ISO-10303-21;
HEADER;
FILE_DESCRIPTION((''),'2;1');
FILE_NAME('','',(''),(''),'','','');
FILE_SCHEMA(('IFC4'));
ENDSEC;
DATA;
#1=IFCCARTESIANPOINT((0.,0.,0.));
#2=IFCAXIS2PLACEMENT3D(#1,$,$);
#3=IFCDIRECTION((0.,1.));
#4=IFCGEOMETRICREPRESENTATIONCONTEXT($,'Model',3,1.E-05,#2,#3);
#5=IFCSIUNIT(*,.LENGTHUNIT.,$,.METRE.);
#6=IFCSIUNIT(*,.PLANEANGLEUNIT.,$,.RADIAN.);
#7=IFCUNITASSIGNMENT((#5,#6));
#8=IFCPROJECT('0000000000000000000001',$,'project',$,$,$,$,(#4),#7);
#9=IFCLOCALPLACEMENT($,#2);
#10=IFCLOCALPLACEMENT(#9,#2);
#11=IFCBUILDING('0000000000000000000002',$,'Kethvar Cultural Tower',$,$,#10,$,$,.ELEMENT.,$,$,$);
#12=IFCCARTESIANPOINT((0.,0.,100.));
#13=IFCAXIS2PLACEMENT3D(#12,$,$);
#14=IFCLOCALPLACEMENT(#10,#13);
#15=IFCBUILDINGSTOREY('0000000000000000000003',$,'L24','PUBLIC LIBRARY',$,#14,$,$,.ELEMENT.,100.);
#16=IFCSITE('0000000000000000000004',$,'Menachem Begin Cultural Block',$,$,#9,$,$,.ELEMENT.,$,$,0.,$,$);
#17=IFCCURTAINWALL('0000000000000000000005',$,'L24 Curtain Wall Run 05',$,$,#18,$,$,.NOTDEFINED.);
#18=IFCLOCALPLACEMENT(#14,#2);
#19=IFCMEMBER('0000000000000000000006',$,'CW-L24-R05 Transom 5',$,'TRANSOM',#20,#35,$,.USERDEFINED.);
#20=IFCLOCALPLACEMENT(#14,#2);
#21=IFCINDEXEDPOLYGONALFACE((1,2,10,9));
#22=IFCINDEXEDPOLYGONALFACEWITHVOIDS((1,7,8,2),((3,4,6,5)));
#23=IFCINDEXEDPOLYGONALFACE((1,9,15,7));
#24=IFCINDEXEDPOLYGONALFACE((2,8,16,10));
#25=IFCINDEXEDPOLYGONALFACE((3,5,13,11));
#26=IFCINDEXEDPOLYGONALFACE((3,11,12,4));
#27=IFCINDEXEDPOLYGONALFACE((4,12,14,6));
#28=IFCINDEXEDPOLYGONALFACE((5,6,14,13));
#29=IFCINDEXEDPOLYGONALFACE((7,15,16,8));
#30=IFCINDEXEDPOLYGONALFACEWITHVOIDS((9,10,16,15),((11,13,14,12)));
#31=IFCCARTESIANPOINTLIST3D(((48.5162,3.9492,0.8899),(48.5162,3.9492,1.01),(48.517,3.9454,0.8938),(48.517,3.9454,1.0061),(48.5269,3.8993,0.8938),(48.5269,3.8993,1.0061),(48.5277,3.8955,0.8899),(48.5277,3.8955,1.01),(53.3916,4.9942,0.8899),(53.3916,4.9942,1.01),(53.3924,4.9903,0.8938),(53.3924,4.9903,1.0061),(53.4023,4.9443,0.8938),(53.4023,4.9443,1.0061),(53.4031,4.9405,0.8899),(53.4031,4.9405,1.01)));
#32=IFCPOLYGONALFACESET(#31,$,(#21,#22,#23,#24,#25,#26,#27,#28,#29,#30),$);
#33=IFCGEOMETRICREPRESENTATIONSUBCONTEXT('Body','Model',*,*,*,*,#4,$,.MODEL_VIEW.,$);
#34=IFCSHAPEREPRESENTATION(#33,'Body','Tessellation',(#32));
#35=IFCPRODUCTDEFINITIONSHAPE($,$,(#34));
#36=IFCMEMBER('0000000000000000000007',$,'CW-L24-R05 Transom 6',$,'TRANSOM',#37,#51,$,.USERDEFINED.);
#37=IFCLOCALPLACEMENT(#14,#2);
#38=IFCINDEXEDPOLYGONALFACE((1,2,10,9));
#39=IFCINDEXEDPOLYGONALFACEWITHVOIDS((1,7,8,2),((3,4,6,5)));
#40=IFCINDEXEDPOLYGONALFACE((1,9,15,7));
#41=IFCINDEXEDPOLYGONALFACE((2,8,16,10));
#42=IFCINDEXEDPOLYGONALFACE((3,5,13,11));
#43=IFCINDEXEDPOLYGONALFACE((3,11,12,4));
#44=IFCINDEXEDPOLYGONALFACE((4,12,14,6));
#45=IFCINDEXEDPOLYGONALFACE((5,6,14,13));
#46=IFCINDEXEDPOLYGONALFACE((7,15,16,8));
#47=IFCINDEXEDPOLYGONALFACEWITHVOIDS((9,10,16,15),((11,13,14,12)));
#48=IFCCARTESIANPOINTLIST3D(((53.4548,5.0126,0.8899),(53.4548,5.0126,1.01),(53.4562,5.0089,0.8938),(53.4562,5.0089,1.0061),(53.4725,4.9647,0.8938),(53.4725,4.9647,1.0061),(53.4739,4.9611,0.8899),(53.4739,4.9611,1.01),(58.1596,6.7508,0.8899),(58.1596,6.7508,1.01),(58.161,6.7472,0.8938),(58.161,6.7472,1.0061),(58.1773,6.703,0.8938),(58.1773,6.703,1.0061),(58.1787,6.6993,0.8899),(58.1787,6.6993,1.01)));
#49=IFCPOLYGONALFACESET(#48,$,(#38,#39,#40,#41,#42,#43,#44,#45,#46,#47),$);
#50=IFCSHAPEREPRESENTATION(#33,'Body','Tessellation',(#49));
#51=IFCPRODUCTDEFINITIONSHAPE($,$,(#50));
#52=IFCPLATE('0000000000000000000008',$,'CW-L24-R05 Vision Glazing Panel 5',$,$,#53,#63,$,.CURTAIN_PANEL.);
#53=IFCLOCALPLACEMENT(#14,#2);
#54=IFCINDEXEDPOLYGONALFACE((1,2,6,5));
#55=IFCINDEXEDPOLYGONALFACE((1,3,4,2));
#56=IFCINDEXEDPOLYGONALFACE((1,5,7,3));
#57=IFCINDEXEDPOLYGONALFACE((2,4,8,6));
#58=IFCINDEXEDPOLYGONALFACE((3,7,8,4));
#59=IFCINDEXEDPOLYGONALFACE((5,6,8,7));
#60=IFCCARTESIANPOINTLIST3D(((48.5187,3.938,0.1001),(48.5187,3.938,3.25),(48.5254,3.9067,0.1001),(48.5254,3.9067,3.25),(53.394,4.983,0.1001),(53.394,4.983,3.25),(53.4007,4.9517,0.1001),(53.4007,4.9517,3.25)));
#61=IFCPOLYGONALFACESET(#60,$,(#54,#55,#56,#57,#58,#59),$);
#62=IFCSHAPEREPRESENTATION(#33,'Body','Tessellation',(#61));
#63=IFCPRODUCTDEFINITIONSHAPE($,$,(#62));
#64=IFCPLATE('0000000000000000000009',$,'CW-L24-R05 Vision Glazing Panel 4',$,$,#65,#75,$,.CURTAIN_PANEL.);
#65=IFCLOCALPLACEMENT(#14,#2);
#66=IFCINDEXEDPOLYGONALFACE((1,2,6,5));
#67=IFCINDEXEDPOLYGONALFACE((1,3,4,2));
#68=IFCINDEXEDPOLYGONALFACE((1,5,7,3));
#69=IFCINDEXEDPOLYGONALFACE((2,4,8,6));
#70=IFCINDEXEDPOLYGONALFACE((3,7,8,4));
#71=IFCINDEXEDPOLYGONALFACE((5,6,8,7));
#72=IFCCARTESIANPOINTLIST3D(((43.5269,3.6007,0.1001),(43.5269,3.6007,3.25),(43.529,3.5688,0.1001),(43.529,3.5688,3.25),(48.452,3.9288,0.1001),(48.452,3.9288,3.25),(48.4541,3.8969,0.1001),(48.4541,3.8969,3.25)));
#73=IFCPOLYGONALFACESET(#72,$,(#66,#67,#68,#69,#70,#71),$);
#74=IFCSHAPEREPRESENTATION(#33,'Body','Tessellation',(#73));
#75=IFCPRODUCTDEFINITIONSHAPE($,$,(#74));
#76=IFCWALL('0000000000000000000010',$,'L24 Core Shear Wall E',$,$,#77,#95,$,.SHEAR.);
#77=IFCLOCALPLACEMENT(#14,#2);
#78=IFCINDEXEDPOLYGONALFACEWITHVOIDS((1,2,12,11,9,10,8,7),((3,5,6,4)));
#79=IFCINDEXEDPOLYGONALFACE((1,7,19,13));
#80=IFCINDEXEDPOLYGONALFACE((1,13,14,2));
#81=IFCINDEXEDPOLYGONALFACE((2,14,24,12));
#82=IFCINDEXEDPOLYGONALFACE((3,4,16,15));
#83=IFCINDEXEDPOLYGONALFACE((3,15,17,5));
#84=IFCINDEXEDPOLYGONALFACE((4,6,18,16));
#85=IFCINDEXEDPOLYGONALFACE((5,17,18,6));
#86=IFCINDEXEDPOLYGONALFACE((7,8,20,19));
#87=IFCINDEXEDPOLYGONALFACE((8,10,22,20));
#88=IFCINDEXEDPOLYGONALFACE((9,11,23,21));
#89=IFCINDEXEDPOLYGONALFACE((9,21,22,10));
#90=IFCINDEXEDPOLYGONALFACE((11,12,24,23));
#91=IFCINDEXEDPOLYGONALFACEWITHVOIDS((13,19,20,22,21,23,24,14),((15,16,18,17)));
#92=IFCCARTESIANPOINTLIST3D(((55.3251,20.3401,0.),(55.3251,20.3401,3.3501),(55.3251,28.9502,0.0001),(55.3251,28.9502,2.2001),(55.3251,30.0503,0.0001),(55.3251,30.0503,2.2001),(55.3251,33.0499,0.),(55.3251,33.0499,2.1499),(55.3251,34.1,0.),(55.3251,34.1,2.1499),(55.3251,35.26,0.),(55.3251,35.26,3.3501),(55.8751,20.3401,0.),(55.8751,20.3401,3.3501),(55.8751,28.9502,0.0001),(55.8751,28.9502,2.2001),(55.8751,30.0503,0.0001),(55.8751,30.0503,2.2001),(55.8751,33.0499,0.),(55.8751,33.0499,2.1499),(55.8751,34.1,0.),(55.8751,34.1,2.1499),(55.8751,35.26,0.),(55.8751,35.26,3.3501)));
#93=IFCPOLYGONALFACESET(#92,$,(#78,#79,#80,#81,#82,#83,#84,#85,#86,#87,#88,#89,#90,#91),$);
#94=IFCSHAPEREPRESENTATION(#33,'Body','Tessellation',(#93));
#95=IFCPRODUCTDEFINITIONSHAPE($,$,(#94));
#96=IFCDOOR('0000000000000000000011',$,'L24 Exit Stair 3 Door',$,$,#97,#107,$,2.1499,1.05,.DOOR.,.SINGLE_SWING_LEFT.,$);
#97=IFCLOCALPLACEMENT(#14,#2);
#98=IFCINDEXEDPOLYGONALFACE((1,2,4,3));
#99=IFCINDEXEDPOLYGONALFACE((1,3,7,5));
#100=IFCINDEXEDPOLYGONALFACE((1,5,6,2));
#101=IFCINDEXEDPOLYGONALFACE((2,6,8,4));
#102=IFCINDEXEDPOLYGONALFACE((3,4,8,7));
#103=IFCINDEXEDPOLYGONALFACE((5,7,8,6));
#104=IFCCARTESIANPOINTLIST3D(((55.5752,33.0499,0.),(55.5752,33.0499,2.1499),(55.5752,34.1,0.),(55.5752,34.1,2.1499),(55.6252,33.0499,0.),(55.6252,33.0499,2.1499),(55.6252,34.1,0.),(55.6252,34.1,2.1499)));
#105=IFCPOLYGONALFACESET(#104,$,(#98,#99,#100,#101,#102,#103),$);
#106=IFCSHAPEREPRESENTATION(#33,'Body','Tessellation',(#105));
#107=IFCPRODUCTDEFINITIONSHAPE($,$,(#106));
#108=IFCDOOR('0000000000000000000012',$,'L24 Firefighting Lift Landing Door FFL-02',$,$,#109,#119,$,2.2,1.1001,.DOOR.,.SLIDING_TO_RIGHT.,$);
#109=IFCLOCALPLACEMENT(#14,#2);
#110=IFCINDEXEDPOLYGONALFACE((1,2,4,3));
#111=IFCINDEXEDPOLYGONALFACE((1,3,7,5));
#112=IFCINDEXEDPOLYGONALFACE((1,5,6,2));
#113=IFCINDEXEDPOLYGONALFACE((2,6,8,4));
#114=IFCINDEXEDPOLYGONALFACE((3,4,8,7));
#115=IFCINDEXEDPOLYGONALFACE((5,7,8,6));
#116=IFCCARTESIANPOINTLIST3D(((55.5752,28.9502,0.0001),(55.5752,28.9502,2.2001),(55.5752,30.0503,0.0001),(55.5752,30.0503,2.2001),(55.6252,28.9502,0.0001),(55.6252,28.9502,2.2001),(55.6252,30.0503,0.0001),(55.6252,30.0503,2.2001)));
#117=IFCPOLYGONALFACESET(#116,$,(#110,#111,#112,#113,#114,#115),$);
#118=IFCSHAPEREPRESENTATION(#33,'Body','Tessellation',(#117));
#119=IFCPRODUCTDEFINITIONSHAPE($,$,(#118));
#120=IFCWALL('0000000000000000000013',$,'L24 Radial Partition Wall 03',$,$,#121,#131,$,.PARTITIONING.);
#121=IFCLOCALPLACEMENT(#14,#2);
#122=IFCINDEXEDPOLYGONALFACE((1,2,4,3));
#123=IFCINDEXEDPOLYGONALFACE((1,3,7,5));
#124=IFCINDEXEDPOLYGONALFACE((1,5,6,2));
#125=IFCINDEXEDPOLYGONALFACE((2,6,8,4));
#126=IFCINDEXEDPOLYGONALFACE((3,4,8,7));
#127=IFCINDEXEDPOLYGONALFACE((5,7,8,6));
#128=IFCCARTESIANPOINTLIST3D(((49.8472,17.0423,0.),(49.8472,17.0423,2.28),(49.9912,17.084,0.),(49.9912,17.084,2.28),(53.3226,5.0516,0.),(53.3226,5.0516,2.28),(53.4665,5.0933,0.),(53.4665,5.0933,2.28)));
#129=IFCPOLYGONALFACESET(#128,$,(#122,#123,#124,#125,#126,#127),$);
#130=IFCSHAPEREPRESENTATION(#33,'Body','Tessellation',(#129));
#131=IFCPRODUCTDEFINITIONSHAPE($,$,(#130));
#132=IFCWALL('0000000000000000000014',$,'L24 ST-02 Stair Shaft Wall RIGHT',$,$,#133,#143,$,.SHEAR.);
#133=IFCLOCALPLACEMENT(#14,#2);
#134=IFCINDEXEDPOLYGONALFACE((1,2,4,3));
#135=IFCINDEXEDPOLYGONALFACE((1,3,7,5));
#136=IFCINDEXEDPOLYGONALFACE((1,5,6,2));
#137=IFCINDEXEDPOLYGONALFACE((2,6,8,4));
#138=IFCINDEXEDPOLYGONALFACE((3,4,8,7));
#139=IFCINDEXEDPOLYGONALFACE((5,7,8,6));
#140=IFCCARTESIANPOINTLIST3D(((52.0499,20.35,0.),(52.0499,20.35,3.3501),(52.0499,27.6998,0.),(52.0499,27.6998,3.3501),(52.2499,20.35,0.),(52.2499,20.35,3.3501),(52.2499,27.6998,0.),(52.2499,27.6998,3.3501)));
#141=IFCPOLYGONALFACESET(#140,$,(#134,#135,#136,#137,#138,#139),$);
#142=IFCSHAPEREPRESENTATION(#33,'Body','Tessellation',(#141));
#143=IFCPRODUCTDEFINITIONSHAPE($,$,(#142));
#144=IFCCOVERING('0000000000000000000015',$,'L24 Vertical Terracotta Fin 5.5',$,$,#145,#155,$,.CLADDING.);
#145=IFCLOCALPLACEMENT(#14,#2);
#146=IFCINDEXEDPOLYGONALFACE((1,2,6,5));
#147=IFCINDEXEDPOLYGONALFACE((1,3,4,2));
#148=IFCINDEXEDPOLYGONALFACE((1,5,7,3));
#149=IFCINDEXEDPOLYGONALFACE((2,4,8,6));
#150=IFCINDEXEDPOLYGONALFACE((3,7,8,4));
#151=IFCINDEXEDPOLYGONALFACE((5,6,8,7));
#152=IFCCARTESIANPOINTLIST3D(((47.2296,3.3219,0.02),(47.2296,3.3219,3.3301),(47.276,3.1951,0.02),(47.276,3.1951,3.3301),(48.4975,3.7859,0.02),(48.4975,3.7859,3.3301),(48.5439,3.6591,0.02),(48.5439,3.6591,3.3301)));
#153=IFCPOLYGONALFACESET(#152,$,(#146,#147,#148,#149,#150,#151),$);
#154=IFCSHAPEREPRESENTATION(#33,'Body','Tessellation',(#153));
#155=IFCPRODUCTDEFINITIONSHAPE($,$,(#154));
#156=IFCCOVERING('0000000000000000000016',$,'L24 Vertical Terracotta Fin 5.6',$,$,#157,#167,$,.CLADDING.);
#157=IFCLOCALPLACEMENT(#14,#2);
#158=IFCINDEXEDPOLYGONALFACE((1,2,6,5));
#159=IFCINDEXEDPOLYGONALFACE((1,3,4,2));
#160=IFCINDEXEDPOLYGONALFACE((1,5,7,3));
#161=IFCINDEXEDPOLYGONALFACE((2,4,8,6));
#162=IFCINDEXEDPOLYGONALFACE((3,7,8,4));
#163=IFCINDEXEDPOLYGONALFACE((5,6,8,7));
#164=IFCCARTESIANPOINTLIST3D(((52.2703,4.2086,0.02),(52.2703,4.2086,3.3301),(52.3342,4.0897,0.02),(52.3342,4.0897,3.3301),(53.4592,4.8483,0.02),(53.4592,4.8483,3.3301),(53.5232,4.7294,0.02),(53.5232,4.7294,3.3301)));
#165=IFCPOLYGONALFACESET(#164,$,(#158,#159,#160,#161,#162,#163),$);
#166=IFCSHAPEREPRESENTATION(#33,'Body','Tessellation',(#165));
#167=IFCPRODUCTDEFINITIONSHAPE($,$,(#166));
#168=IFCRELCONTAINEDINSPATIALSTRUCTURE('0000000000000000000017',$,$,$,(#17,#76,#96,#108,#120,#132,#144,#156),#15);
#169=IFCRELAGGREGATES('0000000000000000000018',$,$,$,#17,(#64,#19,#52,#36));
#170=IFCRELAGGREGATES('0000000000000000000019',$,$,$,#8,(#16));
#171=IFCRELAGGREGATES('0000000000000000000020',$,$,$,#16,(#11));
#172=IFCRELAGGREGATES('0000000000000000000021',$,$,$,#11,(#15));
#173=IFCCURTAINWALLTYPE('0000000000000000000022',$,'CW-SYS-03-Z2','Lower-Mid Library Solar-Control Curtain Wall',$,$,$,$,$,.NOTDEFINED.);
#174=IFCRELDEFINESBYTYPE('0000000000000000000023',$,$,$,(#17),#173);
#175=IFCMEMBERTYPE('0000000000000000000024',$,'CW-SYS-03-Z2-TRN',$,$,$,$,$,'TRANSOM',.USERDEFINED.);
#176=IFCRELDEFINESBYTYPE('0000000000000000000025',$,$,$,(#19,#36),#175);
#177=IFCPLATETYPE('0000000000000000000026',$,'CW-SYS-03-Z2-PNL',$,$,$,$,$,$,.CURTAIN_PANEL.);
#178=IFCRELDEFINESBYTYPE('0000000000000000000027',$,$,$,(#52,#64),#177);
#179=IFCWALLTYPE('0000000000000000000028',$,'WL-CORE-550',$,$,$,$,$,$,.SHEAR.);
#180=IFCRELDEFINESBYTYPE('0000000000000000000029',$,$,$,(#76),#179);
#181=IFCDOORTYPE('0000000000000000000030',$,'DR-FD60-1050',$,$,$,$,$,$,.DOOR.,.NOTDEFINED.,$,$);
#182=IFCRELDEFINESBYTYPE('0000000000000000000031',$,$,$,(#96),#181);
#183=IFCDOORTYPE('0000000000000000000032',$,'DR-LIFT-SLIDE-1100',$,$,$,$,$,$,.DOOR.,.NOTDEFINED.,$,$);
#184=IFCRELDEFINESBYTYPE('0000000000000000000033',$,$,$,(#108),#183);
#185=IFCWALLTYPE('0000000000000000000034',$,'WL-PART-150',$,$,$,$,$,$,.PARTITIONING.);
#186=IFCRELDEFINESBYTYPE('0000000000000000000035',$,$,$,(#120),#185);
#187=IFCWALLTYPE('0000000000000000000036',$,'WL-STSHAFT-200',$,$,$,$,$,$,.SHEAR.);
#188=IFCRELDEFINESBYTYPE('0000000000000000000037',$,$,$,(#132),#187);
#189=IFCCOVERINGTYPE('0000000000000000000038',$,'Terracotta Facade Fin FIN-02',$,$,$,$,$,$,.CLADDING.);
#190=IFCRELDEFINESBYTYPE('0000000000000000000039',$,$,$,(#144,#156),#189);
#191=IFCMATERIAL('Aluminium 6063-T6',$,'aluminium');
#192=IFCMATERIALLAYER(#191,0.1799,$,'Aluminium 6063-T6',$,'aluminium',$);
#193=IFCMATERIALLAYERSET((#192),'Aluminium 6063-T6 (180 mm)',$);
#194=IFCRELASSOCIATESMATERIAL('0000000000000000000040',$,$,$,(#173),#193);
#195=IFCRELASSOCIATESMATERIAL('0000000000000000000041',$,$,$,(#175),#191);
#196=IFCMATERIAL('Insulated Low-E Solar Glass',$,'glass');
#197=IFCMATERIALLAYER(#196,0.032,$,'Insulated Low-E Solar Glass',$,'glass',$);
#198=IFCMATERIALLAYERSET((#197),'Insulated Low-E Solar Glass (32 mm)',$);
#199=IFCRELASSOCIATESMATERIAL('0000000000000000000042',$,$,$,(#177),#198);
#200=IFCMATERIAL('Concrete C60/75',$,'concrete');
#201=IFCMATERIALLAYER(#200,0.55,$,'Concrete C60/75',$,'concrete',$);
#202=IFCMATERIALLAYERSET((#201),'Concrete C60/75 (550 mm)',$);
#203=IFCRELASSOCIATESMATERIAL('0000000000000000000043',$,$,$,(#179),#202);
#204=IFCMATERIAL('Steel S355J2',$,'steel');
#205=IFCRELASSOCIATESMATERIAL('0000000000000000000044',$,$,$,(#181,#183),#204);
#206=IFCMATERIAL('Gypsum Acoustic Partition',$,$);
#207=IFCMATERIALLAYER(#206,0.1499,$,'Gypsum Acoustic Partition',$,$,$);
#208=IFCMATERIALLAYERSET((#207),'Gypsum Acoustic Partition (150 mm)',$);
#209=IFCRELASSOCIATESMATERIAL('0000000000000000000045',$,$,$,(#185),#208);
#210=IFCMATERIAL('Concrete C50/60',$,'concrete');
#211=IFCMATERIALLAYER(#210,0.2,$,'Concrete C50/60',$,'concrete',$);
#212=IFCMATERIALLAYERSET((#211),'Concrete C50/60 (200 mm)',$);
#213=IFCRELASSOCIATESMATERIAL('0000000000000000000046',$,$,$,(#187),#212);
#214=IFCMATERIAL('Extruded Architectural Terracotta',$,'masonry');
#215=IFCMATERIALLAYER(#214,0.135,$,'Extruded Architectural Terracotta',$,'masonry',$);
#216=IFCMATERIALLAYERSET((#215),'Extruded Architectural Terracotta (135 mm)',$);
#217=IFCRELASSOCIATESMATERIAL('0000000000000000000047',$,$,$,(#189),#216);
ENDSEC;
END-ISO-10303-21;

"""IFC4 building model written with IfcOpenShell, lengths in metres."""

from ifc_helpers import new_model, si_unit, direction, frame, frame_2d, origin, origin_2d, place, context, subcontext, project, spatial, rectangle, hollow_rectangle, extrude, source, transform, mapped, material, layer, layer_set, material_profile, profile_set, type_object, element, fill, aggregate, save


model = new_model("IFC4")

# Units and contexts
model_context = context("Model", 3, precision=1e-05, world=origin(), true_north=direction((0.0, 1.0)))
body_context = subcontext(model_context, "Body", "Model", "MODEL_VIEW")
ifc_project = project(units=[si_unit("LENGTHUNIT", "METRE"), si_unit("PLANEANGLEUNIT", "RADIAN")], contexts=[model_context])

# Site, building, storey
site_placement = place(None, origin())
site = spatial("IfcSite", under=ifc_project, at=site_placement, Name="Menachem Begin Cultural Block", CompositionType="ELEMENT", RefElevation=0.0)
building_placement = place(site_placement, origin())
building = spatial("IfcBuilding", under=site, at=building_placement, Name="Kethvar Cultural Tower", CompositionType="ELEMENT")
storey_placement = place(building_placement, frame((0.0, 0.0, 100.0)))
storey = spatial("IfcBuildingStorey", under=building, at=storey_placement, Name="L24", Description="PUBLIC LIBRARY", CompositionType="ELEMENT", Elevation=100.0)

# Shared definitions
ifc_material_1 = material(Name="Steel S355J2", Category="steel")

# Curtain wall, members, plates
ifc_material_2 = material(Name="Aluminium 6063-T6", Category="aluminium")
ifc_layer_1 = layer(ifc_material_2, 0.1799, Name="Aluminium 6063-T6", Category="aluminium")
ifc_layer_set_1 = layer_set([ifc_layer_1], Name="Aluminium 6063-T6 (180 mm)")
curtain_wall_type = type_object("IfcCurtainWallType", Name="CW-SYS-03-Z2", Description="Lower-Mid Library Solar-Control Curtain Wall", PredefinedType="NOTDEFINED", material=ifc_layer_set_1)
curtain_wall_placement = place(storey_placement, origin())
curtain_wall = element("IfcCurtainWall", 1, at=curtain_wall_placement, inside=storey, type_object=curtain_wall_type, Name="L24 Curtain Wall Run 05", PredefinedType="NOTDEFINED")
ifc_material_profile_1 = material_profile(ifc_material_2, hollow_rectangle(XDim=0.0549, YDim=0.1201, WallThickness=0.0039, at=origin_2d()), Name="Aluminium 6063-T6 — RHS120x55x4")
ifc_profile_set_1 = profile_set([ifc_material_profile_1], Name="Aluminium 6063-T6 — RHS120x55x4")
member_type_1 = type_object("IfcMemberType", Name="CW-SYS-03-Z2-TRN", ElementType="TRANSOM", PredefinedType="USERDEFINED", material=ifc_profile_set_1)
shared_shape_1 = source(origin(), body_context, "Body", "SweptSolid", [
    extrude(hollow_rectangle(XDim=0.0549, YDim=0.1201, WallThickness=0.0039, at=origin_2d()), origin(), (0.0, 0.0, 1.0), 4.9861),
])
member_1_placement = place(storey_placement, frame((48.522, 3.9224, 0.95), z_axis=(0.977793, 0.209573, 0.0), x_axis=(-0.209573, 0.977793, 0.0)))
member_1 = element("IfcMember", 2, at=member_1_placement, type_object=member_type_1, Name="CW-L24-R05 Transom 5", ObjectType="TRANSOM", PredefinedType="USERDEFINED", context=body_context, shape_type="MappedRepresentation", body=[
    mapped(shared_shape_1, transform((0.0, 0.0, 0.0), scale=1.0)),
])
shared_shape_2 = source(origin(), body_context, "Body", "SweptSolid", [
    extrude(hollow_rectangle(XDim=0.0549, YDim=0.1201, WallThickness=0.0039, at=origin_2d()), origin(), (0.0, 0.0, 1.0), 5.0156),
])
member_2_placement = place(storey_placement, frame((53.4644, 4.9868, 0.95), z_axis=(0.938024, 0.346569, 0.0), x_axis=(-0.346569, 0.938024, 0.0)))
member_2 = element("IfcMember", 3, at=member_2_placement, type_object=member_type_1, Name="CW-L24-R05 Transom 6", ObjectType="TRANSOM", PredefinedType="USERDEFINED", context=body_context, shape_type="MappedRepresentation", body=[
    mapped(shared_shape_2, transform((0.0, 0.0, 0.0), scale=1.0)),
])
ifc_material_3 = material(Name="Insulated Low-E Solar Glass", Category="glass")
ifc_layer_2 = layer(ifc_material_3, 0.032, Name="Insulated Low-E Solar Glass", Category="glass")
ifc_layer_set_2 = layer_set([ifc_layer_2], Name="Insulated Low-E Solar Glass (32 mm)")
plate_type = type_object("IfcPlateType", Name="CW-SYS-03-Z2-PNL", PredefinedType="CURTAIN_PANEL", material=ifc_layer_set_2)
shared_shape_3 = source(origin(), body_context, "Body", "SweptSolid", [
    extrude(rectangle(XDim=4.9861, YDim=0.032, at=origin_2d()), origin(), (0.0, 0.0, 1.0), 3.1499),
])
plate_1_placement = place(storey_placement, frame((50.9597, 4.4448, 0.1001), z_axis=(0.0, 0.0, 1.0), x_axis=(0.977791, 0.209584, 0.0)))
plate_1 = element("IfcPlate", 4, at=plate_1_placement, type_object=plate_type, Name="CW-L24-R05 Vision Glazing Panel 5", PredefinedType="CURTAIN_PANEL", context=body_context, shape_type="MappedRepresentation", body=[
    mapped(shared_shape_3, transform((0.0, 0.0, 0.0), scale=1.0)),
])
shared_shape_4 = source(origin(), body_context, "Body", "SweptSolid", [
    extrude(rectangle(XDim=4.936, YDim=0.032, at=origin_2d()), origin(), (0.0, 0.0, 1.0), 3.1499),
])
plate_2_placement = place(storey_placement, frame((45.9905, 3.7488, 0.1001), z_axis=(0.0, 0.0, 1.0), x_axis=(0.997789, 0.066465, 0.0)))
plate_2 = element("IfcPlate", 5, at=plate_2_placement, type_object=plate_type, Name="CW-L24-R05 Vision Glazing Panel 4", PredefinedType="CURTAIN_PANEL", context=body_context, shape_type="MappedRepresentation", body=[
    mapped(shared_shape_4, transform((0.0, 0.0, 0.0), scale=1.0)),
])
aggregate(curtain_wall, [plate_2, member_1, plate_1, member_2])

# Wall, openings, doors
ifc_material_4 = material(Name="Concrete C60/75", Category="concrete")
ifc_layer_3 = layer(ifc_material_4, 0.55, Name="Concrete C60/75", Category="concrete")
ifc_layer_set_3 = layer_set([ifc_layer_3], Name="Concrete C60/75 (550 mm)")
wall_type_1 = type_object("IfcWallType", Name="WL-CORE-550", PredefinedType="SHEAR", material=ifc_layer_set_3)
wall_1_placement = place(storey_placement, frame((55.6001, 20.3401, 0.0), z_axis=(0.0, 0.0, 1.0), x_axis=(0.0, 1.0, 0.0)))
wall_1 = element("IfcWall", 6, at=wall_1_placement, inside=storey, type_object=wall_type_1, Name="L24 Core Shear Wall E", PredefinedType="SHEAR", context=body_context, shape_type="SweptSolid", body=[
    extrude(rectangle(XDim=14.9199, YDim=0.55, at=frame_2d((7.46, 0.0))), origin(), (0.0, 0.0, 1.0), 3.3501),
])
opening_1_placement = place(wall_1_placement, frame((12.71, 0.0, 0.0)))
opening_1 = element("IfcOpeningElement", 7, at=opening_1_placement, cuts=wall_1, PredefinedType="OPENING", context=body_context, shape_type="SweptSolid", body=[
    extrude(rectangle(XDim=1.05, YDim=2.1499, at=frame_2d((0.5249, 1.075))), frame((0.0, 0.2849, 0.0), z_axis=(0.0, -1.0, 0.0), x_axis=(1.0, 0.0, 0.0)), (0.0, 0.0, 1.0), 0.5701),
])
opening_2_placement = place(wall_1_placement, frame((8.6101, 0.0, 0.0)))
opening_2 = element("IfcOpeningElement", 8, at=opening_2_placement, cuts=wall_1, PredefinedType="OPENING", context=body_context, shape_type="SweptSolid", body=[
    extrude(rectangle(XDim=1.1001, YDim=2.2, at=frame_2d((0.55, 1.1001))), frame((0.0, 0.2849, 0.0), z_axis=(0.0, -1.0, 0.0), x_axis=(1.0, 0.0, 0.0)), (0.0, 0.0, 1.0), 0.5701),
])
door_type_1 = type_object("IfcDoorType", Name="DR-FD60-1050", OperationType="NOTDEFINED", PredefinedType="DOOR", material=ifc_material_1)
shared_shape_5 = source(origin(), body_context, "Body", "SweptSolid", [
    extrude(rectangle(XDim=1.05, YDim=2.1499, at=frame_2d((0.5249, 1.075))), frame((0.0, 0.0249, 0.0), z_axis=(0.0, -1.0, 0.0), x_axis=(1.0, 0.0, 0.0)), (0.0, 0.0, 1.0), 0.05),
])
door_1_placement = place(opening_1_placement, origin())
door_1 = element("IfcDoor", 9, at=door_1_placement, inside=storey, type_object=door_type_1, Name="L24 Exit Stair 3 Door", OperationType="SINGLE_SWING_LEFT", OverallHeight=2.1499, OverallWidth=1.05, PredefinedType="DOOR", context=body_context, shape_type="MappedRepresentation", body=[
    mapped(shared_shape_5, transform((0.0, 0.0, 0.0), scale=1.0)),
])
fill(opening_1, door_1)
door_type_2 = type_object("IfcDoorType", Name="DR-LIFT-SLIDE-1100", OperationType="NOTDEFINED", PredefinedType="DOOR", material=ifc_material_1)
shared_shape_6 = source(origin(), body_context, "Body", "SweptSolid", [
    extrude(rectangle(XDim=1.1001, YDim=2.2, at=frame_2d((0.55, 1.1001))), frame((0.0, 0.0249, 0.0), z_axis=(0.0, -1.0, 0.0), x_axis=(1.0, 0.0, 0.0)), (0.0, 0.0, 1.0), 0.05),
])
door_2_placement = place(opening_2_placement, origin())
door_2 = element("IfcDoor", 10, at=door_2_placement, inside=storey, type_object=door_type_2, Name="L24 Firefighting Lift Landing Door FFL-02", OperationType="SLIDING_TO_RIGHT", OverallHeight=2.2, OverallWidth=1.1001, PredefinedType="DOOR", context=body_context, shape_type="MappedRepresentation", body=[
    mapped(shared_shape_6, transform((0.0, 0.0, 0.0), scale=1.0)),
])
fill(opening_2, door_2)

# Walls
ifc_material_5 = material(Name="Gypsum Acoustic Partition")
ifc_layer_4 = layer(ifc_material_5, 0.1499, Name="Gypsum Acoustic Partition")
ifc_layer_set_4 = layer_set([ifc_layer_4], Name="Gypsum Acoustic Partition (150 mm)")
wall_type_2 = type_object("IfcWallType", Name="WL-PART-150", PredefinedType="PARTITIONING", material=ifc_layer_set_4)
wall_2_placement = place(storey_placement, frame((49.9192, 17.0632, 0.0), z_axis=(0.0, 0.0, 1.0), x_axis=(0.278379, -0.960471, 0.0)))
element("IfcWall", 11, at=wall_2_placement, inside=storey, type_object=wall_type_2, Name="L24 Radial Partition Wall 03", PredefinedType="PARTITIONING", context=body_context, shape_type="SweptSolid", body=[
    extrude(rectangle(XDim=12.4841, YDim=0.1499, at=frame_2d((6.2422, 0.0))), origin(), (0.0, 0.0, 1.0), 2.28),
])
ifc_material_6 = material(Name="Concrete C50/60", Category="concrete")
ifc_layer_5 = layer(ifc_material_6, 0.2, Name="Concrete C50/60", Category="concrete")
ifc_layer_set_5 = layer_set([ifc_layer_5], Name="Concrete C50/60 (200 mm)")
wall_type_3 = type_object("IfcWallType", Name="WL-STSHAFT-200", PredefinedType="SHEAR", material=ifc_layer_set_5)
wall_3_placement = place(storey_placement, frame((52.1499, 20.3501, 0.0), z_axis=(0.0, 0.0, 1.0), x_axis=(0.0, 1.0, 0.0)))
element("IfcWall", 12, at=wall_3_placement, inside=storey, type_object=wall_type_3, Name="L24 ST-02 Stair Shaft Wall RIGHT", PredefinedType="SHEAR", context=body_context, shape_type="SweptSolid", body=[
    extrude(rectangle(XDim=7.3499, YDim=0.2, at=frame_2d((3.6748, 0.0))), origin(), (0.0, 0.0, 1.0), 3.3501),
])

# Coverings
ifc_material_7 = material(Name="Extruded Architectural Terracotta", Category="masonry")
ifc_layer_6 = layer(ifc_material_7, 0.135, Name="Extruded Architectural Terracotta", Category="masonry")
ifc_layer_set_6 = layer_set([ifc_layer_6], Name="Extruded Architectural Terracotta (135 mm)")
covering_type = type_object("IfcCoveringType", Name="Terracotta Facade Fin FIN-02", PredefinedType="CLADDING", material=ifc_layer_set_6)
shared_shape_7 = source(origin(), body_context, "Body", "SweptSolid", [
    extrude(rectangle(XDim=1.3501, YDim=0.135, at=origin_2d()), origin(), (0.0, 0.0, 1.0), 3.3101),
])
for number, where, z_axis, x_axis, name in (
    (13, (47.8867, 3.4905, 0.02), (0.0, 0.0, 1.0), (-0.939094, -0.34366, 0.0), "L24 Vertical Terracotta Fin 5.5"),
    (14, (52.8967, 4.469, 0.02), (0.0, 0.0, 1.0), (-0.880643, -0.473781, 0.0), "L24 Vertical Terracotta Fin 5.6"),
):
    element("IfcCovering", number, at=place(storey_placement, frame(where, z_axis=z_axis, x_axis=x_axis)), inside=storey, type_object=covering_type, Name=name, PredefinedType="CLADDING", context=body_context, shape_type="MappedRepresentation", body=[
        mapped(shared_shape_7, transform((0.0, 0.0, 0.0), scale=1.0)),
    ])

save(model, "model.ifc")
